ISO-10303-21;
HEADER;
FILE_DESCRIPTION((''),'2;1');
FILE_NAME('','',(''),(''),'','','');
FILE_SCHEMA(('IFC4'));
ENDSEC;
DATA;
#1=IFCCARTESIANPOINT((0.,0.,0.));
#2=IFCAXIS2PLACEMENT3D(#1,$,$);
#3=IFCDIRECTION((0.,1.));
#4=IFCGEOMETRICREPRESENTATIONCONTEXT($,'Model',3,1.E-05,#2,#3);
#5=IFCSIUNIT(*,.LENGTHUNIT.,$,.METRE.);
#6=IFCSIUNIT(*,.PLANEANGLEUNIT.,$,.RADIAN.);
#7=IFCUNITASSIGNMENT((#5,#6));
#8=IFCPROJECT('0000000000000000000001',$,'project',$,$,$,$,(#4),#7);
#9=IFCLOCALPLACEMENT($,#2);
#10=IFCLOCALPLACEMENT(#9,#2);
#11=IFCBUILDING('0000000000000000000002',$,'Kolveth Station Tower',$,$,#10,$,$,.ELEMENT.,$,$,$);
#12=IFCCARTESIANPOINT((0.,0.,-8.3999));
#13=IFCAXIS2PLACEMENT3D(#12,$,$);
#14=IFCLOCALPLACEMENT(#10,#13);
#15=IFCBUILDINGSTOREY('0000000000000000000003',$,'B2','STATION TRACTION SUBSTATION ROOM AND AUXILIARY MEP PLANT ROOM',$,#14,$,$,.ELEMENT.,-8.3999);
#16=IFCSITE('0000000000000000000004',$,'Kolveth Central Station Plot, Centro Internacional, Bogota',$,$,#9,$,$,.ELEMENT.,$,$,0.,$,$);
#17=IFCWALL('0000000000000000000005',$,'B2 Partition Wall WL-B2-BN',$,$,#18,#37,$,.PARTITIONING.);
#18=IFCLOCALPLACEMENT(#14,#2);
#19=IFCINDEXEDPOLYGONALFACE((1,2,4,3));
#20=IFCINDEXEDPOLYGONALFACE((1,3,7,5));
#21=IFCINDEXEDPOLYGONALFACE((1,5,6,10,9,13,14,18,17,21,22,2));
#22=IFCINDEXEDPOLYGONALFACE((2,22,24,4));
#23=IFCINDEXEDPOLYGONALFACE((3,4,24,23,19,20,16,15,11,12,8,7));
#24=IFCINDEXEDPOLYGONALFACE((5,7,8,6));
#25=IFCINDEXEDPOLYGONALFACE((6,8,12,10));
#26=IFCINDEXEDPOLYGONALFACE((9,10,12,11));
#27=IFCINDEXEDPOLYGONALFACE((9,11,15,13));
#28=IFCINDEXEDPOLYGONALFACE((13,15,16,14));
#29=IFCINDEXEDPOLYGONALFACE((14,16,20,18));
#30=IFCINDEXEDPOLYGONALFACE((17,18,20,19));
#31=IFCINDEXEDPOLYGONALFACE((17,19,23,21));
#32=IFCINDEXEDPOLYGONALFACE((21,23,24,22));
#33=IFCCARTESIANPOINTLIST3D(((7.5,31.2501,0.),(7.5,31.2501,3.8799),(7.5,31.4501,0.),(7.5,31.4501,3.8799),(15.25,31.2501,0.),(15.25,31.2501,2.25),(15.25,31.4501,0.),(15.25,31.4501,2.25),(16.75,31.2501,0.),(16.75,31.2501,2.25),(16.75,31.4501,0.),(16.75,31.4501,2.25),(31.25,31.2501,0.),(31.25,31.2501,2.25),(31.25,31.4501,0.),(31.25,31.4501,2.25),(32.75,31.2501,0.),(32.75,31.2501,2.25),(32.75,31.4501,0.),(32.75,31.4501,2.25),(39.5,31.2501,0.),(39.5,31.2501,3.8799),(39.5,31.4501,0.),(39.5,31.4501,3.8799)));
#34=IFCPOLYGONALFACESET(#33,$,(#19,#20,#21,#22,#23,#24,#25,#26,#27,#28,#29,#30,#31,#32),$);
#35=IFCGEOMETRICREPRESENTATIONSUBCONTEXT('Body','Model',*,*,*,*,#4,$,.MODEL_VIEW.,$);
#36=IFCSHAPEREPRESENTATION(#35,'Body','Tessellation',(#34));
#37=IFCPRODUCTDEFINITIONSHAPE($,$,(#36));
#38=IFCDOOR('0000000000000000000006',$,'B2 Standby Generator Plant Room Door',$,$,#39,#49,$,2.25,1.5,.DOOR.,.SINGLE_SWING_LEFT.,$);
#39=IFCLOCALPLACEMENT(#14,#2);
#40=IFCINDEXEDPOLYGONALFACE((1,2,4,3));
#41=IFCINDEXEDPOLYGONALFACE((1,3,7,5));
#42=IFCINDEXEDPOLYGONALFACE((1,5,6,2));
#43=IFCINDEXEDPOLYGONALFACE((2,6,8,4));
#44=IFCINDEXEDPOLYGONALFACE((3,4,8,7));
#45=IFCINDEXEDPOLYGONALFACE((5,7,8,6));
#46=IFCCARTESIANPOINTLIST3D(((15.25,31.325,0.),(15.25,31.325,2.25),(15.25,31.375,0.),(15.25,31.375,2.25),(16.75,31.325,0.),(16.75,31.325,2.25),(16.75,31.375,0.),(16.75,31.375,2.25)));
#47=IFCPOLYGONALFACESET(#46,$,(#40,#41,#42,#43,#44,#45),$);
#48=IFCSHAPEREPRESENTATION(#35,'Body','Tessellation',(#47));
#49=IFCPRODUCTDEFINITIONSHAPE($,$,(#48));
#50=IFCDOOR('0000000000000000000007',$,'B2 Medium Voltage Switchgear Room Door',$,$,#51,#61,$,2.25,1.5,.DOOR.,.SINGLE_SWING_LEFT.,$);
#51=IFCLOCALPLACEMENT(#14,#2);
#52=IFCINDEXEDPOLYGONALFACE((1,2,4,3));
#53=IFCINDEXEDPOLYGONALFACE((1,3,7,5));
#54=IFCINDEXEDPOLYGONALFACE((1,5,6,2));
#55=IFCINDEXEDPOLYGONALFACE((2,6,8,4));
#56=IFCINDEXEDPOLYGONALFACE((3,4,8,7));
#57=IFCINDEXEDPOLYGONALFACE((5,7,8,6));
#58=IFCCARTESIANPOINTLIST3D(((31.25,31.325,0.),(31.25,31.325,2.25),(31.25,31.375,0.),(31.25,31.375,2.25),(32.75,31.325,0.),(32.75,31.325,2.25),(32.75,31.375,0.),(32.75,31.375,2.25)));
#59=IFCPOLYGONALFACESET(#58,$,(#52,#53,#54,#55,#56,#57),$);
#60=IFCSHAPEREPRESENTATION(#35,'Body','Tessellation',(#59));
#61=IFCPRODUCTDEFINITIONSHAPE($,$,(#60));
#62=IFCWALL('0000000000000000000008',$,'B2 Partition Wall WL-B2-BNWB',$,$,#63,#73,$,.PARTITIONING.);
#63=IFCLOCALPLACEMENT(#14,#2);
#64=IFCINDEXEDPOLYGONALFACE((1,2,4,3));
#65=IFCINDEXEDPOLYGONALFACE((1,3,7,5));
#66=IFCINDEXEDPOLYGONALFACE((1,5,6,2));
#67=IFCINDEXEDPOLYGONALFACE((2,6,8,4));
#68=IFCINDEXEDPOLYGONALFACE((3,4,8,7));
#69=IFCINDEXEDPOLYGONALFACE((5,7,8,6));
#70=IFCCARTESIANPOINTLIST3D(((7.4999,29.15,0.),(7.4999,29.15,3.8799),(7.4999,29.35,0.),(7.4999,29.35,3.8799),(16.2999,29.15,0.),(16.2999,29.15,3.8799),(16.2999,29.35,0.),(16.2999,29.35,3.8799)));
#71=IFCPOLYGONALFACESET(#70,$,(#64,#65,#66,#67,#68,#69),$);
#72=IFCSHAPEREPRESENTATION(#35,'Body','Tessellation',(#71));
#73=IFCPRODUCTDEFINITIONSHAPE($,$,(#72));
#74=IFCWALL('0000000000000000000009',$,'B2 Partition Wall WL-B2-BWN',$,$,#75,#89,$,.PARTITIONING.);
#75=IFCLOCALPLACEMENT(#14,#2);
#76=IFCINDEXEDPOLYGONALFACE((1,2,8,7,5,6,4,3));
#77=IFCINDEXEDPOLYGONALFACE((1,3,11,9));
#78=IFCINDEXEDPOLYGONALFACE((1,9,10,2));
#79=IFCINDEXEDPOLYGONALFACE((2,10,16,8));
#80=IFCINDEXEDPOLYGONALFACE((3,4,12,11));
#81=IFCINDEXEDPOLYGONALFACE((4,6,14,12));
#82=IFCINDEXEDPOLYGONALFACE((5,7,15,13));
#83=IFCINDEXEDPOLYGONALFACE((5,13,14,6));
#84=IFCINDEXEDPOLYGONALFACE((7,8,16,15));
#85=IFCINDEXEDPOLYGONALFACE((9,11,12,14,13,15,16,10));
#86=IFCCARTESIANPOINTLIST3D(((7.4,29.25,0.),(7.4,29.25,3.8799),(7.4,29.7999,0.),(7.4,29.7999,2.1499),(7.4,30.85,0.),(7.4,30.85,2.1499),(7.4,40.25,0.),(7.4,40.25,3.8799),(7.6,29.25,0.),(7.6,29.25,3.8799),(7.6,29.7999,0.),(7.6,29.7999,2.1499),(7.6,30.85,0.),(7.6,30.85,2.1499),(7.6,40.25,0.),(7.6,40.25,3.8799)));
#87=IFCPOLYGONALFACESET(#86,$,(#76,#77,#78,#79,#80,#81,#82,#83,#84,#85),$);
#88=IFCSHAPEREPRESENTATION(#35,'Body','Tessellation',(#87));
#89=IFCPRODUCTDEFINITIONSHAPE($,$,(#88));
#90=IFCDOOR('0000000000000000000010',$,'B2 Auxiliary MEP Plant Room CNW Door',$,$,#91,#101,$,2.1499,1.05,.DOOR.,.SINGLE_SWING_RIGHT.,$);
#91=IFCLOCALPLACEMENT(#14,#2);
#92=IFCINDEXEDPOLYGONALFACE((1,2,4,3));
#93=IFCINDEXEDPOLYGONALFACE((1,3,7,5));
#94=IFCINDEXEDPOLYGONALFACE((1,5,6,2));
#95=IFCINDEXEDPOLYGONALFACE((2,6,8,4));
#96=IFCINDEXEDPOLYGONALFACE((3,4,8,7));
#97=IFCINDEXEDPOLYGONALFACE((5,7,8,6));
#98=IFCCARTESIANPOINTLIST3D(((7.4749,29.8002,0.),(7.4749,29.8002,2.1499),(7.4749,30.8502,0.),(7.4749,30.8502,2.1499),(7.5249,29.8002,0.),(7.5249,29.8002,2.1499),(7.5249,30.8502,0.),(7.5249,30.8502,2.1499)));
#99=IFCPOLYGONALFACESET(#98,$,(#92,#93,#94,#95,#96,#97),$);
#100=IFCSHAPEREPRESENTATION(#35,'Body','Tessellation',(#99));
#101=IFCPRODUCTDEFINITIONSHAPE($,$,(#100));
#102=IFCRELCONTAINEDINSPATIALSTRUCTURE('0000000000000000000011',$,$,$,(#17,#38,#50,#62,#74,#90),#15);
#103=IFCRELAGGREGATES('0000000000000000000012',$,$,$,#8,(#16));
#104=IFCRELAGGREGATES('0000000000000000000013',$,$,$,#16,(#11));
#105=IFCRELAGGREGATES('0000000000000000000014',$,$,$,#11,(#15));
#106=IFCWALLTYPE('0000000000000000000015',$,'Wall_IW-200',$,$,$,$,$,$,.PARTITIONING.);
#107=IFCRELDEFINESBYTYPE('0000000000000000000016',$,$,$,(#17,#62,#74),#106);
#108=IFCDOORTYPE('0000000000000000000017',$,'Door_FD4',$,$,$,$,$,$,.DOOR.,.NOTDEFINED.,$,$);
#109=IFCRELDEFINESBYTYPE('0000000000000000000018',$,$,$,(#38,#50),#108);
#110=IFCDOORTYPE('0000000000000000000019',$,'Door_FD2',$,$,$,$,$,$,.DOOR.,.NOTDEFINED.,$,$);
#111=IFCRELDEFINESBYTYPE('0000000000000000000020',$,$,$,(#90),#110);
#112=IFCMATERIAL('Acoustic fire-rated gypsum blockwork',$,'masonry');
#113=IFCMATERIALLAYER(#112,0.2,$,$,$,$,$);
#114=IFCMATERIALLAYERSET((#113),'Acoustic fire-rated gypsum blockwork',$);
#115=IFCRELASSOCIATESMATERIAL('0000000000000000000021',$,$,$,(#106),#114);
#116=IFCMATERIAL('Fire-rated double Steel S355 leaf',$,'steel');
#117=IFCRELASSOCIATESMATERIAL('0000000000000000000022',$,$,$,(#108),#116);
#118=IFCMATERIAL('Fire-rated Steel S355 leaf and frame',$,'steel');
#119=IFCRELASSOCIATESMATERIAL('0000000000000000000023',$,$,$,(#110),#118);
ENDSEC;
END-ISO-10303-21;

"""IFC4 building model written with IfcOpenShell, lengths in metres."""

from ifc_helpers import new_model, si_unit, direction, frame, frame_2d, origin, place, context, subcontext, project, spatial, rectangle, extrude, material, layer, layer_set, type_object, element, fill, save


model = new_model("IFC4")

# Units and contexts
model_context = context("Model", 3, precision=1e-05, world=origin(), true_north=direction((0.0, 1.0)))
body_context = subcontext(model_context, "Body", "Model", "MODEL_VIEW")
ifc_project = project(units=[si_unit("LENGTHUNIT", "METRE"), si_unit("PLANEANGLEUNIT", "RADIAN")], contexts=[model_context])

# Site, building, storey
site_placement = place(None, origin())
site = spatial("IfcSite", under=ifc_project, at=site_placement, Name="Kolveth Central Station Plot, Centro Internacional, Bogota", CompositionType="ELEMENT", RefElevation=0.0)
building_placement = place(site_placement, origin())
building = spatial("IfcBuilding", under=site, at=building_placement, Name="Kolveth Station Tower", CompositionType="ELEMENT")
storey_placement = place(building_placement, frame((0.0, 0.0, -8.3999)))
storey = spatial("IfcBuildingStorey", under=building, at=storey_placement, Name="B2", Description="STATION TRACTION SUBSTATION ROOM AND AUXILIARY MEP PLANT ROOM", CompositionType="ELEMENT", Elevation=-8.3999)

# Wall, openings, doors
ifc_material_1 = material(Name="Acoustic fire-rated gypsum blockwork", Category="masonry")
ifc_layer_1 = layer(ifc_material_1, 0.2)
ifc_layer_set_1 = layer_set([ifc_layer_1], Name="Acoustic fire-rated gypsum blockwork")
wall_type_1 = type_object("IfcWallType", Name="Wall_IW-200", PredefinedType="PARTITIONING", material=ifc_layer_set_1)
wall_1_placement = place(storey_placement, frame((7.5, 31.3501, 0.0), z_axis=(0.0, 0.0, 1.0), x_axis=(1.0, 0.0, 0.0)))
wall_1 = element("IfcWall", 1, at=wall_1_placement, inside=storey, type_object=wall_type_1, Name="B2 Partition Wall WL-B2-BN", PredefinedType="PARTITIONING", context=body_context, shape_type="SweptSolid", body=[
    extrude(rectangle(XDim=32.0, YDim=0.2, at=frame_2d((16.0, 0.0))), origin(), (0.0, 0.0, 1.0), 3.8799),
])
opening_1_placement = place(wall_1_placement, frame((7.75, 0.0, 0.0)))
opening_1 = element("IfcOpeningElement", 2, at=opening_1_placement, cuts=wall_1, PredefinedType="OPENING", context=body_context, shape_type="SweptSolid", body=[
    extrude(rectangle(XDim=1.5, YDim=2.25, at=frame_2d((0.75, 1.125))), frame((0.0, 0.1099, 0.0), z_axis=(0.0, -1.0, 0.0), x_axis=(1.0, 0.0, 0.0)), (0.0, 0.0, 1.0), 0.22),
])
opening_2_placement = place(wall_1_placement, frame((23.75, 0.0, 0.0)))
opening_2 = element("IfcOpeningElement", 3, at=opening_2_placement, cuts=wall_1, PredefinedType="OPENING", context=body_context, shape_type="SweptSolid", body=[
    extrude(rectangle(XDim=1.5, YDim=2.25, at=frame_2d((0.75, 1.125))), frame((0.0, 0.1099, 0.0), z_axis=(0.0, -1.0, 0.0), x_axis=(1.0, 0.0, 0.0)), (0.0, 0.0, 1.0), 0.22),
])
ifc_material_2 = material(Name="Fire-rated double Steel S355 leaf", Category="steel")
door_type_1 = type_object("IfcDoorType", Name="Door_FD4", OperationType="NOTDEFINED", PredefinedType="DOOR", material=ifc_material_2)
door_1_placement = place(opening_1_placement, origin())
door_1 = element("IfcDoor", 4, at=door_1_placement, inside=storey, type_object=door_type_1, Name="B2 Standby Generator Plant Room Door", OperationType="SINGLE_SWING_LEFT", OverallHeight=2.25, OverallWidth=1.5, PredefinedType="DOOR", context=body_context, shape_type="SweptSolid", body=[
    extrude(rectangle(XDim=1.5, YDim=2.25, at=frame_2d((0.75, 1.125))), frame((0.0, 0.0249, 0.0), z_axis=(0.0, -1.0, 0.0), x_axis=(1.0, 0.0, 0.0)), (0.0, 0.0, 1.0), 0.05),
])
fill(opening_1, door_1)
door_2_placement = place(opening_2_placement, origin())
door_2 = element("IfcDoor", 5, at=door_2_placement, inside=storey, type_object=door_type_1, Name="B2 Medium Voltage Switchgear Room Door", OperationType="SINGLE_SWING_LEFT", OverallHeight=2.25, OverallWidth=1.5, PredefinedType="DOOR", context=body_context, shape_type="SweptSolid", body=[
    extrude(rectangle(XDim=1.5, YDim=2.25, at=frame_2d((0.75, 1.125))), frame((0.0, 0.0249, 0.0), z_axis=(0.0, -1.0, 0.0), x_axis=(1.0, 0.0, 0.0)), (0.0, 0.0, 1.0), 0.05),
])
fill(opening_2, door_2)

# Wall
wall_2_placement = place(storey_placement, frame((7.5, 29.25, 0.0), z_axis=(0.0, 0.0, 1.0), x_axis=(1.0, 0.0, 0.0)))
element("IfcWall", 6, at=wall_2_placement, inside=storey, type_object=wall_type_1, Name="B2 Partition Wall WL-B2-BNWB", PredefinedType="PARTITIONING", context=body_context, shape_type="SweptSolid", body=[
    extrude(rectangle(XDim=8.8, YDim=0.2, at=frame_2d((4.3999, 0.0))), origin(), (0.0, 0.0, 1.0), 3.8799),
])

# Wall, opening, door
wall_3_placement = place(storey_placement, frame((7.5, 29.25, 0.0), z_axis=(0.0, 0.0, 1.0), x_axis=(0.0, 1.0, 0.0)))
wall_3 = element("IfcWall", 7, at=wall_3_placement, inside=storey, type_object=wall_type_1, Name="B2 Partition Wall WL-B2-BWN", PredefinedType="PARTITIONING", context=body_context, shape_type="SweptSolid", body=[
    extrude(rectangle(XDim=11.0, YDim=0.2, at=frame_2d((5.5, 0.0))), origin(), (0.0, 0.0, 1.0), 3.8799),
])
opening_3_placement = place(wall_3_placement, frame((0.55, 0.0, 0.0)))
opening_3 = element("IfcOpeningElement", 8, at=opening_3_placement, cuts=wall_3, PredefinedType="OPENING", context=body_context, shape_type="SweptSolid", body=[
    extrude(rectangle(XDim=1.05, YDim=2.1499, at=frame_2d((0.5249, 1.075))), frame((0.0, 0.1099, 0.0), z_axis=(0.0, -1.0, 0.0), x_axis=(1.0, 0.0, 0.0)), (0.0, 0.0, 1.0), 0.22),
])
ifc_material_3 = material(Name="Fire-rated Steel S355 leaf and frame", Category="steel")
door_type_2 = type_object("IfcDoorType", Name="Door_FD2", OperationType="NOTDEFINED", PredefinedType="DOOR", material=ifc_material_3)
door_3_placement = place(opening_3_placement, frame((1.05, 0.0, 0.0), z_axis=(0.0, 0.0, 1.0), x_axis=(-1.0, 0.0, 0.0)))
door_3 = element("IfcDoor", 9, at=door_3_placement, inside=storey, type_object=door_type_2, Name="B2 Auxiliary MEP Plant Room CNW Door", OperationType="SINGLE_SWING_RIGHT", OverallHeight=2.1499, OverallWidth=1.05, PredefinedType="DOOR", context=body_context, shape_type="SweptSolid", body=[
    extrude(rectangle(XDim=1.05, YDim=2.1499, at=frame_2d((0.5249, 1.075))), frame((0.0, 0.0249, 0.0), z_axis=(0.0, -1.0, 0.0), x_axis=(1.0, 0.0, 0.0)), (0.0, 0.0, 1.0), 0.05),
])
fill(opening_3, door_3)

save(model, "model.ifc")
